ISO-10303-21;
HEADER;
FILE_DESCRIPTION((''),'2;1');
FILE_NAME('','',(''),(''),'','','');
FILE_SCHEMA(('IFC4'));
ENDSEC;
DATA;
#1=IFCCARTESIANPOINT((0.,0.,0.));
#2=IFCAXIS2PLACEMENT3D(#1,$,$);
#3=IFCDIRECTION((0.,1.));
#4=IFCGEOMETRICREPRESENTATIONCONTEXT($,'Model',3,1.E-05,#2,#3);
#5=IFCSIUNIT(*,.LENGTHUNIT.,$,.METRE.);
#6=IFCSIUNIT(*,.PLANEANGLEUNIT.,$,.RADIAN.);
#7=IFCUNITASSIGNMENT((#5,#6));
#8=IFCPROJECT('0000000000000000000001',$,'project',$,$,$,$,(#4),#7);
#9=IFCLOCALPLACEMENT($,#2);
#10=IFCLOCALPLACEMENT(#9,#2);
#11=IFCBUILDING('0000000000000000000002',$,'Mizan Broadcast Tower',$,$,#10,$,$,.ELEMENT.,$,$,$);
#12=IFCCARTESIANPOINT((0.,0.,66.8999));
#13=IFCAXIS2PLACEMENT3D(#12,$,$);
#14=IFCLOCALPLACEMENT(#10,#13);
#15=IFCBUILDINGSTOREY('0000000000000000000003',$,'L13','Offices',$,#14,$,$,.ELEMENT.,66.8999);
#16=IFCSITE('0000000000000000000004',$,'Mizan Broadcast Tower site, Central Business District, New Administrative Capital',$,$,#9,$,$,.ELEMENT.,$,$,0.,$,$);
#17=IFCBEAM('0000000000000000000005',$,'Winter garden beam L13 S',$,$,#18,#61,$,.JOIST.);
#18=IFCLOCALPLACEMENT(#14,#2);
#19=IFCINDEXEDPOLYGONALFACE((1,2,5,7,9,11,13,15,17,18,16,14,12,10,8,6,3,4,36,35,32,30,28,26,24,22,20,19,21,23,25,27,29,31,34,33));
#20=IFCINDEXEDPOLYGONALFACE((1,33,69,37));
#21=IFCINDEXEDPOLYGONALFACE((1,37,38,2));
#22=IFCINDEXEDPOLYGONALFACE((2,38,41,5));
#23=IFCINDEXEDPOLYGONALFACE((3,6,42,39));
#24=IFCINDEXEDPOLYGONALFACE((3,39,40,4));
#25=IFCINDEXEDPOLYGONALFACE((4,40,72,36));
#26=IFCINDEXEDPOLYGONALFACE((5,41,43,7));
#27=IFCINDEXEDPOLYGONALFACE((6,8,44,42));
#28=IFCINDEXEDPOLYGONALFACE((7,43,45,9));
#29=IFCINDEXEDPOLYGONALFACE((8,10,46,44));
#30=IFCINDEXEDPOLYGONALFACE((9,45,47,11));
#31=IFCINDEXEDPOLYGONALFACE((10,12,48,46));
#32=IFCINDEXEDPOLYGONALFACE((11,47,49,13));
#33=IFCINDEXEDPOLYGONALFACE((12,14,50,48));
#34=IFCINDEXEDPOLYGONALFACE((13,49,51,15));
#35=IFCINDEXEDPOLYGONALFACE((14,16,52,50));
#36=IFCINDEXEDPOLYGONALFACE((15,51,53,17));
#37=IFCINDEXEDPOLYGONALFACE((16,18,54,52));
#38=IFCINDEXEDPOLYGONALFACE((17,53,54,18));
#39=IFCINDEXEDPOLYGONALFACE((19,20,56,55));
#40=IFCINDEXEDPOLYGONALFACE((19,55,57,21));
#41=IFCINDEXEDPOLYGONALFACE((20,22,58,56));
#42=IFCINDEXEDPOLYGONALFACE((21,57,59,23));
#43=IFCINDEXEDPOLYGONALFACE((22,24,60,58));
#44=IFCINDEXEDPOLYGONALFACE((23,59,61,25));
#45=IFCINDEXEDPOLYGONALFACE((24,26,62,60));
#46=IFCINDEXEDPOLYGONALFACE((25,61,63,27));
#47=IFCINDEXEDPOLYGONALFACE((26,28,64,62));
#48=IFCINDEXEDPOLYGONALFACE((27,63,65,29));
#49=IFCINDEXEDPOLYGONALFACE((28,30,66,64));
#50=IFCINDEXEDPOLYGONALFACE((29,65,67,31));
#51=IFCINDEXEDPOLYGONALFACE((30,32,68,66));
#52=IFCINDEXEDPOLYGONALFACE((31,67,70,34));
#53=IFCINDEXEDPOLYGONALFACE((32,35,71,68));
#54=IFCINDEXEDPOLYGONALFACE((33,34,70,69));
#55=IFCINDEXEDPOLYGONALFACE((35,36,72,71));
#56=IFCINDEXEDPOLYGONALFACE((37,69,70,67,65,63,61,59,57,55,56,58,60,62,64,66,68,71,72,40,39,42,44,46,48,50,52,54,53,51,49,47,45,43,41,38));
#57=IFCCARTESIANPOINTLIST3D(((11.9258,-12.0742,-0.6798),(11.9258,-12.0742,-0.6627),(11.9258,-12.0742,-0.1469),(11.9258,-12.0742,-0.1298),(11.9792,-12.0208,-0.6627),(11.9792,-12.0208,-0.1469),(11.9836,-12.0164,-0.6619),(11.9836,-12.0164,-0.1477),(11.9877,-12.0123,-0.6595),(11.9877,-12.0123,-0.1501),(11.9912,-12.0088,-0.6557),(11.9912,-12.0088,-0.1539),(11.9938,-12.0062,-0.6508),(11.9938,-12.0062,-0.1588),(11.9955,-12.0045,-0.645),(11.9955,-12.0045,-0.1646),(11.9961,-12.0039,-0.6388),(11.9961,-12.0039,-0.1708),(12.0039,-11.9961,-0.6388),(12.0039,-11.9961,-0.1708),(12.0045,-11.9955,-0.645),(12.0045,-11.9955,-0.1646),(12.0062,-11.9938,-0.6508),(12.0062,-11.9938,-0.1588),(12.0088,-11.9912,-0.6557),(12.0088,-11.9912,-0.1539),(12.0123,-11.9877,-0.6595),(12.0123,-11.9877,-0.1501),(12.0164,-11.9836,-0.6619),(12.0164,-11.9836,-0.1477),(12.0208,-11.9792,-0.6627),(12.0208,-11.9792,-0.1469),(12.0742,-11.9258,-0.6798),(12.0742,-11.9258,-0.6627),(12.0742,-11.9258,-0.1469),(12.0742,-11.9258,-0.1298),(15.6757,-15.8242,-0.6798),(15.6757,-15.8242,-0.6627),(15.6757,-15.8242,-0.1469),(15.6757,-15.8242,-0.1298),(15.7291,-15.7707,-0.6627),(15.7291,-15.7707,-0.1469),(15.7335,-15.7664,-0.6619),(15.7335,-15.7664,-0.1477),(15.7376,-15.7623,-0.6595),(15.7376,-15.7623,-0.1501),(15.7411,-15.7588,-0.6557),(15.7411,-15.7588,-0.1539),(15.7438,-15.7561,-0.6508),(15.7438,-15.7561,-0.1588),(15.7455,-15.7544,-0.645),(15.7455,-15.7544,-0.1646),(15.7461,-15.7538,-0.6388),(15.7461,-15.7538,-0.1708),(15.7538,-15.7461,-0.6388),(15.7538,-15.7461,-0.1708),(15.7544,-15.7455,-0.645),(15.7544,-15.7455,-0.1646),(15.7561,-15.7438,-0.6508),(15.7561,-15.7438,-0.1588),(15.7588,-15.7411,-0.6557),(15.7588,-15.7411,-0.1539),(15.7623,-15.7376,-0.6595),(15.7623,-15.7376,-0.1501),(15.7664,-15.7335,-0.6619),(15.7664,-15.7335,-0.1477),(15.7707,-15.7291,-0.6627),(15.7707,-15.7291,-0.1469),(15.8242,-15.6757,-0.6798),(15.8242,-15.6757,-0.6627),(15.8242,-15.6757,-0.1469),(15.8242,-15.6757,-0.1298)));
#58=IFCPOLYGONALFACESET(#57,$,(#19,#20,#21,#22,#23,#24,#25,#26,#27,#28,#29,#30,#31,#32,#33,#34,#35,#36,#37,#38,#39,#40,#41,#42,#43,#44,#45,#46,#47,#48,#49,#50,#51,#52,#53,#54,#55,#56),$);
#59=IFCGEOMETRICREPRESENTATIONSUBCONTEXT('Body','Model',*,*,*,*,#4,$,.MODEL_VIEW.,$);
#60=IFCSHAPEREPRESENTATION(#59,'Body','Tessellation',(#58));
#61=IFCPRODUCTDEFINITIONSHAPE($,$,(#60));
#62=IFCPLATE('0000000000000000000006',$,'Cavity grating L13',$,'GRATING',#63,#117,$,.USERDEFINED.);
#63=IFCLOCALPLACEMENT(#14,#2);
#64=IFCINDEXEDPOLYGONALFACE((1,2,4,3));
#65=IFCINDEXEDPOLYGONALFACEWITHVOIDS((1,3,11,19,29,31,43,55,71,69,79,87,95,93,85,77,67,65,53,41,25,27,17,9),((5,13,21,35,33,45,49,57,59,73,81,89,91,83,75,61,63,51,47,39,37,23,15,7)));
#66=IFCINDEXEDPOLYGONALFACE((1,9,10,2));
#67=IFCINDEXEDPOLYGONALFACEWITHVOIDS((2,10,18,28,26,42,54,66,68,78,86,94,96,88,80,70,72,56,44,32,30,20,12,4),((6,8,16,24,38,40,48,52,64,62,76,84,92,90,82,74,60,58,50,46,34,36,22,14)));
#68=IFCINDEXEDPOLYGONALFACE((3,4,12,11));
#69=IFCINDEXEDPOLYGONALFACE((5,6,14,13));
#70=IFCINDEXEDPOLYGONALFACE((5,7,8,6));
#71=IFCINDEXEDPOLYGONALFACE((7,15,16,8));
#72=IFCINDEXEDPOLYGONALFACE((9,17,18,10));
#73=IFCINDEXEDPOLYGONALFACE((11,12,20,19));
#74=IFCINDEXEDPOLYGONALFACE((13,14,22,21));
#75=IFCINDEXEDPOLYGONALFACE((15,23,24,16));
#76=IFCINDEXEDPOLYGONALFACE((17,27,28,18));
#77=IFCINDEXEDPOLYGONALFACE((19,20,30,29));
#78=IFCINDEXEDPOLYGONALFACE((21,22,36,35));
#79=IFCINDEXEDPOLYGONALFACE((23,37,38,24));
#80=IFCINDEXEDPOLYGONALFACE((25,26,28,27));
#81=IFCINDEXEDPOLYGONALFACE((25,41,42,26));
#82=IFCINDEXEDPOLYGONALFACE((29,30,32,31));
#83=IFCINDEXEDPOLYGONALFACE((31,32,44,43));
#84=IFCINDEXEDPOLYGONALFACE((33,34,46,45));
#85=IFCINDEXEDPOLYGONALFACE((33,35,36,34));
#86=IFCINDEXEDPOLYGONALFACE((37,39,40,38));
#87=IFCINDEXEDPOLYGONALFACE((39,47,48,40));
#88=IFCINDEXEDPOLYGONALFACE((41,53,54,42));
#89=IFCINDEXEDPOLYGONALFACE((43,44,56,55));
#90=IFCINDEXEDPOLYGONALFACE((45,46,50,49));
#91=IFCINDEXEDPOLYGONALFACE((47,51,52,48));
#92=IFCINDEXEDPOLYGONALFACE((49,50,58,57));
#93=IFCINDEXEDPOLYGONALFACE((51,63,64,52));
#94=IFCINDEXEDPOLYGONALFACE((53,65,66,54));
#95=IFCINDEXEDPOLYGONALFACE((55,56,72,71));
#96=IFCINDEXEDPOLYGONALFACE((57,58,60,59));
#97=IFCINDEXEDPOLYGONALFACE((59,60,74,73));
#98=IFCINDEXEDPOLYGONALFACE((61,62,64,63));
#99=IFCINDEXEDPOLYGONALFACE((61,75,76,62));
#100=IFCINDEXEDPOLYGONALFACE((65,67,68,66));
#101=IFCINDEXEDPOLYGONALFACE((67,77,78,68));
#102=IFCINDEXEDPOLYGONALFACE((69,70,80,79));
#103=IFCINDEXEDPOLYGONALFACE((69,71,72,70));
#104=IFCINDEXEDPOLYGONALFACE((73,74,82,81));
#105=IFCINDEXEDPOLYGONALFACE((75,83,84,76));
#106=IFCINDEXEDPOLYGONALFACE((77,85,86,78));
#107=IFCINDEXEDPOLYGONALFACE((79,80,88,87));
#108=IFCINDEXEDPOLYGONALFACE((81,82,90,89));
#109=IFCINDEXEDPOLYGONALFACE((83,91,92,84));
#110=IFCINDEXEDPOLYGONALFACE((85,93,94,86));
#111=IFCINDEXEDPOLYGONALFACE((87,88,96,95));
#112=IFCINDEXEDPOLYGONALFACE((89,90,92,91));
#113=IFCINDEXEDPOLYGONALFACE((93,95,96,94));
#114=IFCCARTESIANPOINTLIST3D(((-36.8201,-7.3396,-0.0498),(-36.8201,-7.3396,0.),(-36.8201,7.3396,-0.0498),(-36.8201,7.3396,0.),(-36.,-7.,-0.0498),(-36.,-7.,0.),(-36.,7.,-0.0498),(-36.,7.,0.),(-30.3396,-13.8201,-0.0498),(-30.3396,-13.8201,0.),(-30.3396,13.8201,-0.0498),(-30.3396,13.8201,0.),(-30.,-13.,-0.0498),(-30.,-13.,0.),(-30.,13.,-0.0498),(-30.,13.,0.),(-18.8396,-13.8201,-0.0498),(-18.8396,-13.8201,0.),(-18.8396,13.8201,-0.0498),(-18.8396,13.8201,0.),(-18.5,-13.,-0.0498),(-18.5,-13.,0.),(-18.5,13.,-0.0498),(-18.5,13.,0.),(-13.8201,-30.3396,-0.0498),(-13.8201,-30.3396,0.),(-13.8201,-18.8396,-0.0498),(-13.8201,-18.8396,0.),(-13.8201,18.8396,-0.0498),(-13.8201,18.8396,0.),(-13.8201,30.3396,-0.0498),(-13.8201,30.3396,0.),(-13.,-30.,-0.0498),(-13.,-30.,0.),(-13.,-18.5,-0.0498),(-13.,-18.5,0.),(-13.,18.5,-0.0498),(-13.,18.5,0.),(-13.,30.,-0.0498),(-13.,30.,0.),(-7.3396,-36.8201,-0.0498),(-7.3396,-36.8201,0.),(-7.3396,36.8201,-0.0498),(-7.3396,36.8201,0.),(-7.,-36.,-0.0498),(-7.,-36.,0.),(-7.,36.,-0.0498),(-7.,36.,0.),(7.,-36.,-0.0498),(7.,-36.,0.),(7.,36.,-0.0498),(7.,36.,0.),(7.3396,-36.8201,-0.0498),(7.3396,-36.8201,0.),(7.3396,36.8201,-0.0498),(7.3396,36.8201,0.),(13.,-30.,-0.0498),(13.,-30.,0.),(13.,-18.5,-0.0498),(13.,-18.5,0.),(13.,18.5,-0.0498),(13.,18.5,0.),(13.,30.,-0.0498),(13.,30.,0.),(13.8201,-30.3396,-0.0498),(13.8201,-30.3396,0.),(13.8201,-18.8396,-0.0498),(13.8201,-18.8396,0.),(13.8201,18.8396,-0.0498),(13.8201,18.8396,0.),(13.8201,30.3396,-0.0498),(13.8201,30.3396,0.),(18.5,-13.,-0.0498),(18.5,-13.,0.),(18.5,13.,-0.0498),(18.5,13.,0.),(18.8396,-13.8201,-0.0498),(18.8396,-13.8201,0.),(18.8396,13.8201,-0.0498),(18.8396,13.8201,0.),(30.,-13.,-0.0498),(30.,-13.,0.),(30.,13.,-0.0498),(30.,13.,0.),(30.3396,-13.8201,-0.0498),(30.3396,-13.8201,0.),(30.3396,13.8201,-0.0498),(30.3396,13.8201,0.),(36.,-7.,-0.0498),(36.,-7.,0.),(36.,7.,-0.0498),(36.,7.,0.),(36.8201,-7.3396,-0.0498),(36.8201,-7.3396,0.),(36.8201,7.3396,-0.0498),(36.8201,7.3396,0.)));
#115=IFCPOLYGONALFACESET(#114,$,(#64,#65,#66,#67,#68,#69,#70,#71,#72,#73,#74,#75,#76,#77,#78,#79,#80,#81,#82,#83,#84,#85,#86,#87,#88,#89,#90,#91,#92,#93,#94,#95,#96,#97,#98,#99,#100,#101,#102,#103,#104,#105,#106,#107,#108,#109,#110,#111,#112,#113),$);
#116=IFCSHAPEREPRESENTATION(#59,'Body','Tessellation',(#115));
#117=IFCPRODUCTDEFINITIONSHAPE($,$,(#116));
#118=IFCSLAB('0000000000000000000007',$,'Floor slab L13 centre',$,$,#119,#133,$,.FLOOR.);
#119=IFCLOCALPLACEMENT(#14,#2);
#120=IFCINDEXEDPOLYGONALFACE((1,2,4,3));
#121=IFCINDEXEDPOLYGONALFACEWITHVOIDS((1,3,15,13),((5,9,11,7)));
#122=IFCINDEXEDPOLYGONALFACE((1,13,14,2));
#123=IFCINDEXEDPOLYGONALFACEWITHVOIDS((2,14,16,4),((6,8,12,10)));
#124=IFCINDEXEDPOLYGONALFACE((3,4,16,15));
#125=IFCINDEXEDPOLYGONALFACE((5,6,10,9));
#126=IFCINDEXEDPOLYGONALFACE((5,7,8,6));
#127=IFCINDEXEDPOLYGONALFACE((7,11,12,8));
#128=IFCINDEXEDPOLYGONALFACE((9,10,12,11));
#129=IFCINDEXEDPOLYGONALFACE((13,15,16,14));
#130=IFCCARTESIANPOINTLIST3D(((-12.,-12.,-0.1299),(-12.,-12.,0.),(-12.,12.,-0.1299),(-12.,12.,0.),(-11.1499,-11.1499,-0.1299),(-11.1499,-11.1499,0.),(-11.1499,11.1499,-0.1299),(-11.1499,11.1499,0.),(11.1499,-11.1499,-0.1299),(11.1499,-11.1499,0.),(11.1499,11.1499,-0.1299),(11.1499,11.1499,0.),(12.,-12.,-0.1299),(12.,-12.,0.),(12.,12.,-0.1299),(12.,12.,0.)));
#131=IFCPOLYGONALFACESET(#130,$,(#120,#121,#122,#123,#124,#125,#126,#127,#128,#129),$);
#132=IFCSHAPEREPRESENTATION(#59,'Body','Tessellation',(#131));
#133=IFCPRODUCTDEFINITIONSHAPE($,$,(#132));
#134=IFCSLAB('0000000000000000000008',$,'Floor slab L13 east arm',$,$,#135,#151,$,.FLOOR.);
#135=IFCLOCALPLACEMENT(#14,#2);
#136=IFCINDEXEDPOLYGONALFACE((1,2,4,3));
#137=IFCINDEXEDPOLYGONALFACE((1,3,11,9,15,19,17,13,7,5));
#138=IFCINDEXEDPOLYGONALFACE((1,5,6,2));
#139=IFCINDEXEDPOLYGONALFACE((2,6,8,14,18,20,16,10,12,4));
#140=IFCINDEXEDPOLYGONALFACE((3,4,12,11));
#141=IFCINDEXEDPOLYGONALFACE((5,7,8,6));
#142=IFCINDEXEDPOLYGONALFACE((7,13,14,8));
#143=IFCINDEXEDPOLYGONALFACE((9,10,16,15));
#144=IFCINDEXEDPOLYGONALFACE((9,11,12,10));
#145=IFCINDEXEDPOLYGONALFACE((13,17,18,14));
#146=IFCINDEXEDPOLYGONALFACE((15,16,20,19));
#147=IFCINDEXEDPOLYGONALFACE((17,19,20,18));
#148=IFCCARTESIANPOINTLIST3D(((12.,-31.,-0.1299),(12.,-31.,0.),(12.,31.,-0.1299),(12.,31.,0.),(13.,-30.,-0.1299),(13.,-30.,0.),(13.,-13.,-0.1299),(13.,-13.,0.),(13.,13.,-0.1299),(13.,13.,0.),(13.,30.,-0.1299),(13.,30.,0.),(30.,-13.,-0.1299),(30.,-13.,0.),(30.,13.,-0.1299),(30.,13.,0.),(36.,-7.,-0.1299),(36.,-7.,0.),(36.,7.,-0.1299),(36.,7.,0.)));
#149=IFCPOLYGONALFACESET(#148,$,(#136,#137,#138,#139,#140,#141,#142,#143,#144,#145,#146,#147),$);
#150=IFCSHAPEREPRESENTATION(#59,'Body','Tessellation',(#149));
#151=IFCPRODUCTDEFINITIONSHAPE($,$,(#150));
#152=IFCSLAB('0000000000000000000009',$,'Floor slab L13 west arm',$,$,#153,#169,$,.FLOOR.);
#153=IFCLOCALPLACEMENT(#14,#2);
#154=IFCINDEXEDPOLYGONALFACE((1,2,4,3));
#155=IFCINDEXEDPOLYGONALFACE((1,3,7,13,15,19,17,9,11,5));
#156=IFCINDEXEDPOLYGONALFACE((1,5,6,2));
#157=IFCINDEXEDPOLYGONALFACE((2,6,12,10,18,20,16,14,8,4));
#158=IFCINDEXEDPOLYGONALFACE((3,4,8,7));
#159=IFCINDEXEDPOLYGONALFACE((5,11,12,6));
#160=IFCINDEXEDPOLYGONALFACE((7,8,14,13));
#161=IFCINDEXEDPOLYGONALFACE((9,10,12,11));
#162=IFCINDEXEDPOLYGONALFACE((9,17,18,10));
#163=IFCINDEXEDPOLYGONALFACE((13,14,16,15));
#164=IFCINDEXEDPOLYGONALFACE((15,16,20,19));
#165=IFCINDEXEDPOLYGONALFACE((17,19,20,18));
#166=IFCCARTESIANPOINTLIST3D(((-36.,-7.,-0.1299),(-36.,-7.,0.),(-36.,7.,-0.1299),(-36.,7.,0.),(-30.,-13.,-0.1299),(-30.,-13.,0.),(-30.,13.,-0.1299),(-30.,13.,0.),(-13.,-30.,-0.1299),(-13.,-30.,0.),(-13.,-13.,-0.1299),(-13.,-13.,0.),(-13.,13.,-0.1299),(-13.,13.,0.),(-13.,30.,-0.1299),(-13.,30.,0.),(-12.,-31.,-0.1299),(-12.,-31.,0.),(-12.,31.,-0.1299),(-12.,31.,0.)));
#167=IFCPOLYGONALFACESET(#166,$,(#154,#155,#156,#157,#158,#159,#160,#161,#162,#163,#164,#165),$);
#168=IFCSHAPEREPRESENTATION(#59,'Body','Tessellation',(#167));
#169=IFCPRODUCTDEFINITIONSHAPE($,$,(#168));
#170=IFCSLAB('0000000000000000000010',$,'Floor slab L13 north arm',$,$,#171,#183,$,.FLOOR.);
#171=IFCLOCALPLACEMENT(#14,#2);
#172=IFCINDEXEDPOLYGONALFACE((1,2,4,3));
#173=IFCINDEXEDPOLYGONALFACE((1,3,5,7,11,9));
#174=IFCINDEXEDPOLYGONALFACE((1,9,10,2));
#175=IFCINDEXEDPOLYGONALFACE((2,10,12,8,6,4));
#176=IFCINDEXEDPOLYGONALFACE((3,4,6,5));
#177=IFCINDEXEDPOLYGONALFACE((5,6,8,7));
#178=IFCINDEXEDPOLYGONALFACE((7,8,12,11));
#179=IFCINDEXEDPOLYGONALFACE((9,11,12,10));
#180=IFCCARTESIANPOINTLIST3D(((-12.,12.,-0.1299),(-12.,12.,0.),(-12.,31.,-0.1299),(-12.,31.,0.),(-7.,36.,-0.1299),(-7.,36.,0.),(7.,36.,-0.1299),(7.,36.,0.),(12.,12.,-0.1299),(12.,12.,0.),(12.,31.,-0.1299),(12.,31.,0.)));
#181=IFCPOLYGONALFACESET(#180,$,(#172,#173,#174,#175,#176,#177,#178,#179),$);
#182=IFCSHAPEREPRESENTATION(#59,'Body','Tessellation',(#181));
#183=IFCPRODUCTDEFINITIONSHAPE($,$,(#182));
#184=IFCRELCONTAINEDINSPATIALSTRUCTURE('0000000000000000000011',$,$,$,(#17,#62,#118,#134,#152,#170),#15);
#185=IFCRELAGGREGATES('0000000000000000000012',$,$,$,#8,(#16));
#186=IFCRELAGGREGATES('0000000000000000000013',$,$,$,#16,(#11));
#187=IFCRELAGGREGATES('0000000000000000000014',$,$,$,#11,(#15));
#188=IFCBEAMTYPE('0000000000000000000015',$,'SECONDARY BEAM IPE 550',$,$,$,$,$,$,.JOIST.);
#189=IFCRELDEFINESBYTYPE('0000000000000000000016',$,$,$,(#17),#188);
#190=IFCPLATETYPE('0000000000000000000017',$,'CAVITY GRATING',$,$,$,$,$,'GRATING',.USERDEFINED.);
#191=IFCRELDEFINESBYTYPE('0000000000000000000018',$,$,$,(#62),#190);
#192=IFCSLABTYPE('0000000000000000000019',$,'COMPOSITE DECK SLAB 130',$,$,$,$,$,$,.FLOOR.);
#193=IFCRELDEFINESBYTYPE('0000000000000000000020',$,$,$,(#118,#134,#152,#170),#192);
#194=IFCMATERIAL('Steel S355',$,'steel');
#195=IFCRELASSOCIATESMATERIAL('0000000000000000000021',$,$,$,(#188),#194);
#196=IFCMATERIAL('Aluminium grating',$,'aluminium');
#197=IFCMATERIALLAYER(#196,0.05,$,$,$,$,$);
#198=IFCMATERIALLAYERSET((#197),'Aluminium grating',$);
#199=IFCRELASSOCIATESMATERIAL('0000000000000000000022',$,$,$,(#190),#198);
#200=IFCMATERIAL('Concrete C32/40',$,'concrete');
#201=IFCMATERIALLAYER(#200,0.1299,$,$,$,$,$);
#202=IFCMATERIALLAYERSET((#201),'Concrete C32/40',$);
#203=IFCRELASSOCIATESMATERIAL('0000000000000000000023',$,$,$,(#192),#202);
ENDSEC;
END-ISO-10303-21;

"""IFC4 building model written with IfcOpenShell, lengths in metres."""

from ifc_helpers import new_model, si_unit, direction, frame, origin, origin_2d, place, context, subcontext, project, spatial, polyline, i_section, outline, extrude, material, layer, layer_set, material_profile, profile_set, type_object, element, save


model = new_model("IFC4")

# Units and contexts
model_context = context("Model", 3, precision=1e-05, world=origin(), true_north=direction((0.0, 1.0)))
body_context = subcontext(model_context, "Body", "Model", "MODEL_VIEW")
ifc_project = project(units=[si_unit("LENGTHUNIT", "METRE"), si_unit("PLANEANGLEUNIT", "RADIAN")], contexts=[model_context])

# Site, building, storey
site_placement = place(None, origin())
site = spatial("IfcSite", under=ifc_project, at=site_placement, Name="Mizan Broadcast Tower site, Central Business District, New Administrative Capital", CompositionType="ELEMENT", RefElevation=0.0)
building_placement = place(site_placement, origin())
building = spatial("IfcBuilding", under=site, at=building_placement, Name="Mizan Broadcast Tower", CompositionType="ELEMENT")
storey_placement = place(building_placement, frame((0.0, 0.0, 66.8999)))
storey = spatial("IfcBuildingStorey", under=building, at=storey_placement, Name="L13", Description="Offices", CompositionType="ELEMENT", Elevation=66.8999)

# Beam
ifc_material_1 = material(Name="Steel S355", Category="steel")
ifc_material_profile_1 = material_profile(ifc_material_1, i_section(OverallWidth=0.21, OverallDepth=0.55, WebThickness=0.011, FlangeThickness=0.0171, FilletRadius=0.0239, at=origin_2d()), Name="IPE 550")
ifc_profile_set_1 = profile_set([ifc_material_profile_1], Name="Steel S355")
beam_type_1 = type_object("IfcBeamType", Name="SECONDARY BEAM IPE 550", PredefinedType="JOIST", material=ifc_profile_set_1)
beam_1_placement = place(storey_placement, frame((12.0, -12.0, -0.4048), z_axis=(0.707107, -0.707107, 0.0), x_axis=(0.707107, 0.707107, 0.0)))
element("IfcBeam", 1, at=beam_1_placement, inside=storey, type_object=beam_type_1, Name="Winter garden beam L13 S", PredefinedType="JOIST", context=body_context, shape_type="SweptSolid", body=[
    extrude(i_section(OverallWidth=0.21, OverallDepth=0.55, WebThickness=0.011, FlangeThickness=0.0171, FilletRadius=0.0239, at=origin_2d()), origin(), (0.0, 0.0, 1.0), 5.3032),
])

# Plate
ifc_material_2 = material(Name="Aluminium grating", Category="aluminium")
ifc_layer_1 = layer(ifc_material_2, 0.05)
ifc_layer_set_1 = layer_set([ifc_layer_1], Name="Aluminium grating")
plate_type = type_object("IfcPlateType", Name="CAVITY GRATING", ElementType="GRATING", PredefinedType="USERDEFINED", material=ifc_layer_set_1)
plate_placement = place(storey_placement, frame((0.0, 0.0, -0.0498)))
element("IfcPlate", 2, at=plate_placement, inside=storey, type_object=plate_type, Name="Cavity grating L13", ObjectType="GRATING", PredefinedType="USERDEFINED", context=body_context, shape_type="SweptSolid", body=[
    extrude(outline(polyline([(13.8201, -18.8396), (18.8396, -13.8201), (30.3396, -13.8201), (36.8201, -7.3396), (36.8201, 7.3396), (30.3396, 13.8201), (18.8396, 13.8201), (13.8201, 18.8396), (13.8201, 30.3396), (7.3396, 36.8201), (-7.3396, 36.8201), (-13.8201, 30.3396), (-13.8201, 18.8396), (-18.8396, 13.8201), (-30.3396, 13.8201), (-36.8201, 7.3396), (-36.8201, -7.3396), (-30.3396, -13.8201), (-18.8396, -13.8201), (-13.8201, -18.8396), (-13.8201, -30.3396), (-7.3396, -36.8201), (7.3396, -36.8201), (13.8201, -30.3396), (13.8201, -18.8396)]), holes=[polyline([(36.0, 7.0), (36.0, -7.0), (30.0, -13.0), (18.5, -13.0), (13.0, -18.5), (13.0, -30.0), (7.0, -36.0), (-7.0, -36.0), (-13.0, -30.0), (-13.0, -18.5), (-18.5, -13.0), (-30.0, -13.0), (-36.0, -7.0), (-36.0, 7.0), (-30.0, 13.0), (-18.5, 13.0), (-13.0, 18.5), (-13.0, 30.0), (-7.0, 36.0), (7.0, 36.0), (13.0, 30.0), (13.0, 18.5), (18.5, 13.0), (30.0, 13.0), (36.0, 7.0)])]), origin(), (0.0, 0.0, 1.0), 0.0498),
])

# Slabs
ifc_material_3 = material(Name="Concrete C32/40", Category="concrete")
ifc_layer_2 = layer(ifc_material_3, 0.1299)
ifc_layer_set_2 = layer_set([ifc_layer_2], Name="Concrete C32/40")
slab_type_1 = type_object("IfcSlabType", Name="COMPOSITE DECK SLAB 130", PredefinedType="FLOOR", material=ifc_layer_set_2)
slab_1_placement = place(storey_placement, frame((0.0, 0.0, -0.1299)))
element("IfcSlab", 3, at=slab_1_placement, inside=storey, type_object=slab_type_1, Name="Floor slab L13 centre", PredefinedType="FLOOR", context=body_context, shape_type="SweptSolid", body=[
    extrude(outline(polyline([(-12.0, -12.0), (12.0, -12.0), (12.0, 12.0), (-12.0, 12.0), (-12.0, -12.0)]), holes=[polyline([(-11.1499, 11.1499), (11.1499, 11.1499), (11.1499, -11.1499), (-11.1499, -11.1499), (-11.1499, 11.1499)])]), origin(), (0.0, 0.0, 1.0), 0.1299),
])
slab_2_placement = place(storey_placement, frame((0.0, 0.0, -0.1299)))
element("IfcSlab", 4, at=slab_2_placement, inside=storey, type_object=slab_type_1, Name="Floor slab L13 east arm", PredefinedType="FLOOR", context=body_context, shape_type="SweptSolid", body=[
    extrude(outline(polyline([(12.0, -31.0), (13.0, -30.0), (13.0, -13.0), (30.0, -13.0), (36.0, -7.0), (36.0, 7.0), (30.0, 13.0), (13.0, 13.0), (13.0, 30.0), (12.0, 31.0), (12.0, -31.0)])), origin(), (0.0, 0.0, 1.0), 0.1299),
])
slab_3_placement = place(storey_placement, frame((0.0, 0.0, -0.1299)))
element("IfcSlab", 5, at=slab_3_placement, inside=storey, type_object=slab_type_1, Name="Floor slab L13 west arm", PredefinedType="FLOOR", context=body_context, shape_type="SweptSolid", body=[
    extrude(outline(polyline([(-13.0, -30.0), (-12.0, -31.0), (-12.0, 31.0), (-13.0, 30.0), (-13.0, 13.0), (-30.0, 13.0), (-36.0, 7.0), (-36.0, -7.0), (-30.0, -13.0), (-13.0, -13.0), (-13.0, -30.0)])), origin(), (0.0, 0.0, 1.0), 0.1299),
])
slab_4_placement = place(storey_placement, frame((0.0, 0.0, -0.1299)))
element("IfcSlab", 6, at=slab_4_placement, inside=storey, type_object=slab_type_1, Name="Floor slab L13 north arm", PredefinedType="FLOOR", context=body_context, shape_type="SweptSolid", body=[
    extrude(outline(polyline([(-7.0, 36.0), (-12.0, 31.0), (-12.0, 12.0), (12.0, 12.0), (12.0, 31.0), (7.0, 36.0), (-7.0, 36.0)])), origin(), (0.0, 0.0, 1.0), 0.1299),
])

save(model, "model.ifc")
